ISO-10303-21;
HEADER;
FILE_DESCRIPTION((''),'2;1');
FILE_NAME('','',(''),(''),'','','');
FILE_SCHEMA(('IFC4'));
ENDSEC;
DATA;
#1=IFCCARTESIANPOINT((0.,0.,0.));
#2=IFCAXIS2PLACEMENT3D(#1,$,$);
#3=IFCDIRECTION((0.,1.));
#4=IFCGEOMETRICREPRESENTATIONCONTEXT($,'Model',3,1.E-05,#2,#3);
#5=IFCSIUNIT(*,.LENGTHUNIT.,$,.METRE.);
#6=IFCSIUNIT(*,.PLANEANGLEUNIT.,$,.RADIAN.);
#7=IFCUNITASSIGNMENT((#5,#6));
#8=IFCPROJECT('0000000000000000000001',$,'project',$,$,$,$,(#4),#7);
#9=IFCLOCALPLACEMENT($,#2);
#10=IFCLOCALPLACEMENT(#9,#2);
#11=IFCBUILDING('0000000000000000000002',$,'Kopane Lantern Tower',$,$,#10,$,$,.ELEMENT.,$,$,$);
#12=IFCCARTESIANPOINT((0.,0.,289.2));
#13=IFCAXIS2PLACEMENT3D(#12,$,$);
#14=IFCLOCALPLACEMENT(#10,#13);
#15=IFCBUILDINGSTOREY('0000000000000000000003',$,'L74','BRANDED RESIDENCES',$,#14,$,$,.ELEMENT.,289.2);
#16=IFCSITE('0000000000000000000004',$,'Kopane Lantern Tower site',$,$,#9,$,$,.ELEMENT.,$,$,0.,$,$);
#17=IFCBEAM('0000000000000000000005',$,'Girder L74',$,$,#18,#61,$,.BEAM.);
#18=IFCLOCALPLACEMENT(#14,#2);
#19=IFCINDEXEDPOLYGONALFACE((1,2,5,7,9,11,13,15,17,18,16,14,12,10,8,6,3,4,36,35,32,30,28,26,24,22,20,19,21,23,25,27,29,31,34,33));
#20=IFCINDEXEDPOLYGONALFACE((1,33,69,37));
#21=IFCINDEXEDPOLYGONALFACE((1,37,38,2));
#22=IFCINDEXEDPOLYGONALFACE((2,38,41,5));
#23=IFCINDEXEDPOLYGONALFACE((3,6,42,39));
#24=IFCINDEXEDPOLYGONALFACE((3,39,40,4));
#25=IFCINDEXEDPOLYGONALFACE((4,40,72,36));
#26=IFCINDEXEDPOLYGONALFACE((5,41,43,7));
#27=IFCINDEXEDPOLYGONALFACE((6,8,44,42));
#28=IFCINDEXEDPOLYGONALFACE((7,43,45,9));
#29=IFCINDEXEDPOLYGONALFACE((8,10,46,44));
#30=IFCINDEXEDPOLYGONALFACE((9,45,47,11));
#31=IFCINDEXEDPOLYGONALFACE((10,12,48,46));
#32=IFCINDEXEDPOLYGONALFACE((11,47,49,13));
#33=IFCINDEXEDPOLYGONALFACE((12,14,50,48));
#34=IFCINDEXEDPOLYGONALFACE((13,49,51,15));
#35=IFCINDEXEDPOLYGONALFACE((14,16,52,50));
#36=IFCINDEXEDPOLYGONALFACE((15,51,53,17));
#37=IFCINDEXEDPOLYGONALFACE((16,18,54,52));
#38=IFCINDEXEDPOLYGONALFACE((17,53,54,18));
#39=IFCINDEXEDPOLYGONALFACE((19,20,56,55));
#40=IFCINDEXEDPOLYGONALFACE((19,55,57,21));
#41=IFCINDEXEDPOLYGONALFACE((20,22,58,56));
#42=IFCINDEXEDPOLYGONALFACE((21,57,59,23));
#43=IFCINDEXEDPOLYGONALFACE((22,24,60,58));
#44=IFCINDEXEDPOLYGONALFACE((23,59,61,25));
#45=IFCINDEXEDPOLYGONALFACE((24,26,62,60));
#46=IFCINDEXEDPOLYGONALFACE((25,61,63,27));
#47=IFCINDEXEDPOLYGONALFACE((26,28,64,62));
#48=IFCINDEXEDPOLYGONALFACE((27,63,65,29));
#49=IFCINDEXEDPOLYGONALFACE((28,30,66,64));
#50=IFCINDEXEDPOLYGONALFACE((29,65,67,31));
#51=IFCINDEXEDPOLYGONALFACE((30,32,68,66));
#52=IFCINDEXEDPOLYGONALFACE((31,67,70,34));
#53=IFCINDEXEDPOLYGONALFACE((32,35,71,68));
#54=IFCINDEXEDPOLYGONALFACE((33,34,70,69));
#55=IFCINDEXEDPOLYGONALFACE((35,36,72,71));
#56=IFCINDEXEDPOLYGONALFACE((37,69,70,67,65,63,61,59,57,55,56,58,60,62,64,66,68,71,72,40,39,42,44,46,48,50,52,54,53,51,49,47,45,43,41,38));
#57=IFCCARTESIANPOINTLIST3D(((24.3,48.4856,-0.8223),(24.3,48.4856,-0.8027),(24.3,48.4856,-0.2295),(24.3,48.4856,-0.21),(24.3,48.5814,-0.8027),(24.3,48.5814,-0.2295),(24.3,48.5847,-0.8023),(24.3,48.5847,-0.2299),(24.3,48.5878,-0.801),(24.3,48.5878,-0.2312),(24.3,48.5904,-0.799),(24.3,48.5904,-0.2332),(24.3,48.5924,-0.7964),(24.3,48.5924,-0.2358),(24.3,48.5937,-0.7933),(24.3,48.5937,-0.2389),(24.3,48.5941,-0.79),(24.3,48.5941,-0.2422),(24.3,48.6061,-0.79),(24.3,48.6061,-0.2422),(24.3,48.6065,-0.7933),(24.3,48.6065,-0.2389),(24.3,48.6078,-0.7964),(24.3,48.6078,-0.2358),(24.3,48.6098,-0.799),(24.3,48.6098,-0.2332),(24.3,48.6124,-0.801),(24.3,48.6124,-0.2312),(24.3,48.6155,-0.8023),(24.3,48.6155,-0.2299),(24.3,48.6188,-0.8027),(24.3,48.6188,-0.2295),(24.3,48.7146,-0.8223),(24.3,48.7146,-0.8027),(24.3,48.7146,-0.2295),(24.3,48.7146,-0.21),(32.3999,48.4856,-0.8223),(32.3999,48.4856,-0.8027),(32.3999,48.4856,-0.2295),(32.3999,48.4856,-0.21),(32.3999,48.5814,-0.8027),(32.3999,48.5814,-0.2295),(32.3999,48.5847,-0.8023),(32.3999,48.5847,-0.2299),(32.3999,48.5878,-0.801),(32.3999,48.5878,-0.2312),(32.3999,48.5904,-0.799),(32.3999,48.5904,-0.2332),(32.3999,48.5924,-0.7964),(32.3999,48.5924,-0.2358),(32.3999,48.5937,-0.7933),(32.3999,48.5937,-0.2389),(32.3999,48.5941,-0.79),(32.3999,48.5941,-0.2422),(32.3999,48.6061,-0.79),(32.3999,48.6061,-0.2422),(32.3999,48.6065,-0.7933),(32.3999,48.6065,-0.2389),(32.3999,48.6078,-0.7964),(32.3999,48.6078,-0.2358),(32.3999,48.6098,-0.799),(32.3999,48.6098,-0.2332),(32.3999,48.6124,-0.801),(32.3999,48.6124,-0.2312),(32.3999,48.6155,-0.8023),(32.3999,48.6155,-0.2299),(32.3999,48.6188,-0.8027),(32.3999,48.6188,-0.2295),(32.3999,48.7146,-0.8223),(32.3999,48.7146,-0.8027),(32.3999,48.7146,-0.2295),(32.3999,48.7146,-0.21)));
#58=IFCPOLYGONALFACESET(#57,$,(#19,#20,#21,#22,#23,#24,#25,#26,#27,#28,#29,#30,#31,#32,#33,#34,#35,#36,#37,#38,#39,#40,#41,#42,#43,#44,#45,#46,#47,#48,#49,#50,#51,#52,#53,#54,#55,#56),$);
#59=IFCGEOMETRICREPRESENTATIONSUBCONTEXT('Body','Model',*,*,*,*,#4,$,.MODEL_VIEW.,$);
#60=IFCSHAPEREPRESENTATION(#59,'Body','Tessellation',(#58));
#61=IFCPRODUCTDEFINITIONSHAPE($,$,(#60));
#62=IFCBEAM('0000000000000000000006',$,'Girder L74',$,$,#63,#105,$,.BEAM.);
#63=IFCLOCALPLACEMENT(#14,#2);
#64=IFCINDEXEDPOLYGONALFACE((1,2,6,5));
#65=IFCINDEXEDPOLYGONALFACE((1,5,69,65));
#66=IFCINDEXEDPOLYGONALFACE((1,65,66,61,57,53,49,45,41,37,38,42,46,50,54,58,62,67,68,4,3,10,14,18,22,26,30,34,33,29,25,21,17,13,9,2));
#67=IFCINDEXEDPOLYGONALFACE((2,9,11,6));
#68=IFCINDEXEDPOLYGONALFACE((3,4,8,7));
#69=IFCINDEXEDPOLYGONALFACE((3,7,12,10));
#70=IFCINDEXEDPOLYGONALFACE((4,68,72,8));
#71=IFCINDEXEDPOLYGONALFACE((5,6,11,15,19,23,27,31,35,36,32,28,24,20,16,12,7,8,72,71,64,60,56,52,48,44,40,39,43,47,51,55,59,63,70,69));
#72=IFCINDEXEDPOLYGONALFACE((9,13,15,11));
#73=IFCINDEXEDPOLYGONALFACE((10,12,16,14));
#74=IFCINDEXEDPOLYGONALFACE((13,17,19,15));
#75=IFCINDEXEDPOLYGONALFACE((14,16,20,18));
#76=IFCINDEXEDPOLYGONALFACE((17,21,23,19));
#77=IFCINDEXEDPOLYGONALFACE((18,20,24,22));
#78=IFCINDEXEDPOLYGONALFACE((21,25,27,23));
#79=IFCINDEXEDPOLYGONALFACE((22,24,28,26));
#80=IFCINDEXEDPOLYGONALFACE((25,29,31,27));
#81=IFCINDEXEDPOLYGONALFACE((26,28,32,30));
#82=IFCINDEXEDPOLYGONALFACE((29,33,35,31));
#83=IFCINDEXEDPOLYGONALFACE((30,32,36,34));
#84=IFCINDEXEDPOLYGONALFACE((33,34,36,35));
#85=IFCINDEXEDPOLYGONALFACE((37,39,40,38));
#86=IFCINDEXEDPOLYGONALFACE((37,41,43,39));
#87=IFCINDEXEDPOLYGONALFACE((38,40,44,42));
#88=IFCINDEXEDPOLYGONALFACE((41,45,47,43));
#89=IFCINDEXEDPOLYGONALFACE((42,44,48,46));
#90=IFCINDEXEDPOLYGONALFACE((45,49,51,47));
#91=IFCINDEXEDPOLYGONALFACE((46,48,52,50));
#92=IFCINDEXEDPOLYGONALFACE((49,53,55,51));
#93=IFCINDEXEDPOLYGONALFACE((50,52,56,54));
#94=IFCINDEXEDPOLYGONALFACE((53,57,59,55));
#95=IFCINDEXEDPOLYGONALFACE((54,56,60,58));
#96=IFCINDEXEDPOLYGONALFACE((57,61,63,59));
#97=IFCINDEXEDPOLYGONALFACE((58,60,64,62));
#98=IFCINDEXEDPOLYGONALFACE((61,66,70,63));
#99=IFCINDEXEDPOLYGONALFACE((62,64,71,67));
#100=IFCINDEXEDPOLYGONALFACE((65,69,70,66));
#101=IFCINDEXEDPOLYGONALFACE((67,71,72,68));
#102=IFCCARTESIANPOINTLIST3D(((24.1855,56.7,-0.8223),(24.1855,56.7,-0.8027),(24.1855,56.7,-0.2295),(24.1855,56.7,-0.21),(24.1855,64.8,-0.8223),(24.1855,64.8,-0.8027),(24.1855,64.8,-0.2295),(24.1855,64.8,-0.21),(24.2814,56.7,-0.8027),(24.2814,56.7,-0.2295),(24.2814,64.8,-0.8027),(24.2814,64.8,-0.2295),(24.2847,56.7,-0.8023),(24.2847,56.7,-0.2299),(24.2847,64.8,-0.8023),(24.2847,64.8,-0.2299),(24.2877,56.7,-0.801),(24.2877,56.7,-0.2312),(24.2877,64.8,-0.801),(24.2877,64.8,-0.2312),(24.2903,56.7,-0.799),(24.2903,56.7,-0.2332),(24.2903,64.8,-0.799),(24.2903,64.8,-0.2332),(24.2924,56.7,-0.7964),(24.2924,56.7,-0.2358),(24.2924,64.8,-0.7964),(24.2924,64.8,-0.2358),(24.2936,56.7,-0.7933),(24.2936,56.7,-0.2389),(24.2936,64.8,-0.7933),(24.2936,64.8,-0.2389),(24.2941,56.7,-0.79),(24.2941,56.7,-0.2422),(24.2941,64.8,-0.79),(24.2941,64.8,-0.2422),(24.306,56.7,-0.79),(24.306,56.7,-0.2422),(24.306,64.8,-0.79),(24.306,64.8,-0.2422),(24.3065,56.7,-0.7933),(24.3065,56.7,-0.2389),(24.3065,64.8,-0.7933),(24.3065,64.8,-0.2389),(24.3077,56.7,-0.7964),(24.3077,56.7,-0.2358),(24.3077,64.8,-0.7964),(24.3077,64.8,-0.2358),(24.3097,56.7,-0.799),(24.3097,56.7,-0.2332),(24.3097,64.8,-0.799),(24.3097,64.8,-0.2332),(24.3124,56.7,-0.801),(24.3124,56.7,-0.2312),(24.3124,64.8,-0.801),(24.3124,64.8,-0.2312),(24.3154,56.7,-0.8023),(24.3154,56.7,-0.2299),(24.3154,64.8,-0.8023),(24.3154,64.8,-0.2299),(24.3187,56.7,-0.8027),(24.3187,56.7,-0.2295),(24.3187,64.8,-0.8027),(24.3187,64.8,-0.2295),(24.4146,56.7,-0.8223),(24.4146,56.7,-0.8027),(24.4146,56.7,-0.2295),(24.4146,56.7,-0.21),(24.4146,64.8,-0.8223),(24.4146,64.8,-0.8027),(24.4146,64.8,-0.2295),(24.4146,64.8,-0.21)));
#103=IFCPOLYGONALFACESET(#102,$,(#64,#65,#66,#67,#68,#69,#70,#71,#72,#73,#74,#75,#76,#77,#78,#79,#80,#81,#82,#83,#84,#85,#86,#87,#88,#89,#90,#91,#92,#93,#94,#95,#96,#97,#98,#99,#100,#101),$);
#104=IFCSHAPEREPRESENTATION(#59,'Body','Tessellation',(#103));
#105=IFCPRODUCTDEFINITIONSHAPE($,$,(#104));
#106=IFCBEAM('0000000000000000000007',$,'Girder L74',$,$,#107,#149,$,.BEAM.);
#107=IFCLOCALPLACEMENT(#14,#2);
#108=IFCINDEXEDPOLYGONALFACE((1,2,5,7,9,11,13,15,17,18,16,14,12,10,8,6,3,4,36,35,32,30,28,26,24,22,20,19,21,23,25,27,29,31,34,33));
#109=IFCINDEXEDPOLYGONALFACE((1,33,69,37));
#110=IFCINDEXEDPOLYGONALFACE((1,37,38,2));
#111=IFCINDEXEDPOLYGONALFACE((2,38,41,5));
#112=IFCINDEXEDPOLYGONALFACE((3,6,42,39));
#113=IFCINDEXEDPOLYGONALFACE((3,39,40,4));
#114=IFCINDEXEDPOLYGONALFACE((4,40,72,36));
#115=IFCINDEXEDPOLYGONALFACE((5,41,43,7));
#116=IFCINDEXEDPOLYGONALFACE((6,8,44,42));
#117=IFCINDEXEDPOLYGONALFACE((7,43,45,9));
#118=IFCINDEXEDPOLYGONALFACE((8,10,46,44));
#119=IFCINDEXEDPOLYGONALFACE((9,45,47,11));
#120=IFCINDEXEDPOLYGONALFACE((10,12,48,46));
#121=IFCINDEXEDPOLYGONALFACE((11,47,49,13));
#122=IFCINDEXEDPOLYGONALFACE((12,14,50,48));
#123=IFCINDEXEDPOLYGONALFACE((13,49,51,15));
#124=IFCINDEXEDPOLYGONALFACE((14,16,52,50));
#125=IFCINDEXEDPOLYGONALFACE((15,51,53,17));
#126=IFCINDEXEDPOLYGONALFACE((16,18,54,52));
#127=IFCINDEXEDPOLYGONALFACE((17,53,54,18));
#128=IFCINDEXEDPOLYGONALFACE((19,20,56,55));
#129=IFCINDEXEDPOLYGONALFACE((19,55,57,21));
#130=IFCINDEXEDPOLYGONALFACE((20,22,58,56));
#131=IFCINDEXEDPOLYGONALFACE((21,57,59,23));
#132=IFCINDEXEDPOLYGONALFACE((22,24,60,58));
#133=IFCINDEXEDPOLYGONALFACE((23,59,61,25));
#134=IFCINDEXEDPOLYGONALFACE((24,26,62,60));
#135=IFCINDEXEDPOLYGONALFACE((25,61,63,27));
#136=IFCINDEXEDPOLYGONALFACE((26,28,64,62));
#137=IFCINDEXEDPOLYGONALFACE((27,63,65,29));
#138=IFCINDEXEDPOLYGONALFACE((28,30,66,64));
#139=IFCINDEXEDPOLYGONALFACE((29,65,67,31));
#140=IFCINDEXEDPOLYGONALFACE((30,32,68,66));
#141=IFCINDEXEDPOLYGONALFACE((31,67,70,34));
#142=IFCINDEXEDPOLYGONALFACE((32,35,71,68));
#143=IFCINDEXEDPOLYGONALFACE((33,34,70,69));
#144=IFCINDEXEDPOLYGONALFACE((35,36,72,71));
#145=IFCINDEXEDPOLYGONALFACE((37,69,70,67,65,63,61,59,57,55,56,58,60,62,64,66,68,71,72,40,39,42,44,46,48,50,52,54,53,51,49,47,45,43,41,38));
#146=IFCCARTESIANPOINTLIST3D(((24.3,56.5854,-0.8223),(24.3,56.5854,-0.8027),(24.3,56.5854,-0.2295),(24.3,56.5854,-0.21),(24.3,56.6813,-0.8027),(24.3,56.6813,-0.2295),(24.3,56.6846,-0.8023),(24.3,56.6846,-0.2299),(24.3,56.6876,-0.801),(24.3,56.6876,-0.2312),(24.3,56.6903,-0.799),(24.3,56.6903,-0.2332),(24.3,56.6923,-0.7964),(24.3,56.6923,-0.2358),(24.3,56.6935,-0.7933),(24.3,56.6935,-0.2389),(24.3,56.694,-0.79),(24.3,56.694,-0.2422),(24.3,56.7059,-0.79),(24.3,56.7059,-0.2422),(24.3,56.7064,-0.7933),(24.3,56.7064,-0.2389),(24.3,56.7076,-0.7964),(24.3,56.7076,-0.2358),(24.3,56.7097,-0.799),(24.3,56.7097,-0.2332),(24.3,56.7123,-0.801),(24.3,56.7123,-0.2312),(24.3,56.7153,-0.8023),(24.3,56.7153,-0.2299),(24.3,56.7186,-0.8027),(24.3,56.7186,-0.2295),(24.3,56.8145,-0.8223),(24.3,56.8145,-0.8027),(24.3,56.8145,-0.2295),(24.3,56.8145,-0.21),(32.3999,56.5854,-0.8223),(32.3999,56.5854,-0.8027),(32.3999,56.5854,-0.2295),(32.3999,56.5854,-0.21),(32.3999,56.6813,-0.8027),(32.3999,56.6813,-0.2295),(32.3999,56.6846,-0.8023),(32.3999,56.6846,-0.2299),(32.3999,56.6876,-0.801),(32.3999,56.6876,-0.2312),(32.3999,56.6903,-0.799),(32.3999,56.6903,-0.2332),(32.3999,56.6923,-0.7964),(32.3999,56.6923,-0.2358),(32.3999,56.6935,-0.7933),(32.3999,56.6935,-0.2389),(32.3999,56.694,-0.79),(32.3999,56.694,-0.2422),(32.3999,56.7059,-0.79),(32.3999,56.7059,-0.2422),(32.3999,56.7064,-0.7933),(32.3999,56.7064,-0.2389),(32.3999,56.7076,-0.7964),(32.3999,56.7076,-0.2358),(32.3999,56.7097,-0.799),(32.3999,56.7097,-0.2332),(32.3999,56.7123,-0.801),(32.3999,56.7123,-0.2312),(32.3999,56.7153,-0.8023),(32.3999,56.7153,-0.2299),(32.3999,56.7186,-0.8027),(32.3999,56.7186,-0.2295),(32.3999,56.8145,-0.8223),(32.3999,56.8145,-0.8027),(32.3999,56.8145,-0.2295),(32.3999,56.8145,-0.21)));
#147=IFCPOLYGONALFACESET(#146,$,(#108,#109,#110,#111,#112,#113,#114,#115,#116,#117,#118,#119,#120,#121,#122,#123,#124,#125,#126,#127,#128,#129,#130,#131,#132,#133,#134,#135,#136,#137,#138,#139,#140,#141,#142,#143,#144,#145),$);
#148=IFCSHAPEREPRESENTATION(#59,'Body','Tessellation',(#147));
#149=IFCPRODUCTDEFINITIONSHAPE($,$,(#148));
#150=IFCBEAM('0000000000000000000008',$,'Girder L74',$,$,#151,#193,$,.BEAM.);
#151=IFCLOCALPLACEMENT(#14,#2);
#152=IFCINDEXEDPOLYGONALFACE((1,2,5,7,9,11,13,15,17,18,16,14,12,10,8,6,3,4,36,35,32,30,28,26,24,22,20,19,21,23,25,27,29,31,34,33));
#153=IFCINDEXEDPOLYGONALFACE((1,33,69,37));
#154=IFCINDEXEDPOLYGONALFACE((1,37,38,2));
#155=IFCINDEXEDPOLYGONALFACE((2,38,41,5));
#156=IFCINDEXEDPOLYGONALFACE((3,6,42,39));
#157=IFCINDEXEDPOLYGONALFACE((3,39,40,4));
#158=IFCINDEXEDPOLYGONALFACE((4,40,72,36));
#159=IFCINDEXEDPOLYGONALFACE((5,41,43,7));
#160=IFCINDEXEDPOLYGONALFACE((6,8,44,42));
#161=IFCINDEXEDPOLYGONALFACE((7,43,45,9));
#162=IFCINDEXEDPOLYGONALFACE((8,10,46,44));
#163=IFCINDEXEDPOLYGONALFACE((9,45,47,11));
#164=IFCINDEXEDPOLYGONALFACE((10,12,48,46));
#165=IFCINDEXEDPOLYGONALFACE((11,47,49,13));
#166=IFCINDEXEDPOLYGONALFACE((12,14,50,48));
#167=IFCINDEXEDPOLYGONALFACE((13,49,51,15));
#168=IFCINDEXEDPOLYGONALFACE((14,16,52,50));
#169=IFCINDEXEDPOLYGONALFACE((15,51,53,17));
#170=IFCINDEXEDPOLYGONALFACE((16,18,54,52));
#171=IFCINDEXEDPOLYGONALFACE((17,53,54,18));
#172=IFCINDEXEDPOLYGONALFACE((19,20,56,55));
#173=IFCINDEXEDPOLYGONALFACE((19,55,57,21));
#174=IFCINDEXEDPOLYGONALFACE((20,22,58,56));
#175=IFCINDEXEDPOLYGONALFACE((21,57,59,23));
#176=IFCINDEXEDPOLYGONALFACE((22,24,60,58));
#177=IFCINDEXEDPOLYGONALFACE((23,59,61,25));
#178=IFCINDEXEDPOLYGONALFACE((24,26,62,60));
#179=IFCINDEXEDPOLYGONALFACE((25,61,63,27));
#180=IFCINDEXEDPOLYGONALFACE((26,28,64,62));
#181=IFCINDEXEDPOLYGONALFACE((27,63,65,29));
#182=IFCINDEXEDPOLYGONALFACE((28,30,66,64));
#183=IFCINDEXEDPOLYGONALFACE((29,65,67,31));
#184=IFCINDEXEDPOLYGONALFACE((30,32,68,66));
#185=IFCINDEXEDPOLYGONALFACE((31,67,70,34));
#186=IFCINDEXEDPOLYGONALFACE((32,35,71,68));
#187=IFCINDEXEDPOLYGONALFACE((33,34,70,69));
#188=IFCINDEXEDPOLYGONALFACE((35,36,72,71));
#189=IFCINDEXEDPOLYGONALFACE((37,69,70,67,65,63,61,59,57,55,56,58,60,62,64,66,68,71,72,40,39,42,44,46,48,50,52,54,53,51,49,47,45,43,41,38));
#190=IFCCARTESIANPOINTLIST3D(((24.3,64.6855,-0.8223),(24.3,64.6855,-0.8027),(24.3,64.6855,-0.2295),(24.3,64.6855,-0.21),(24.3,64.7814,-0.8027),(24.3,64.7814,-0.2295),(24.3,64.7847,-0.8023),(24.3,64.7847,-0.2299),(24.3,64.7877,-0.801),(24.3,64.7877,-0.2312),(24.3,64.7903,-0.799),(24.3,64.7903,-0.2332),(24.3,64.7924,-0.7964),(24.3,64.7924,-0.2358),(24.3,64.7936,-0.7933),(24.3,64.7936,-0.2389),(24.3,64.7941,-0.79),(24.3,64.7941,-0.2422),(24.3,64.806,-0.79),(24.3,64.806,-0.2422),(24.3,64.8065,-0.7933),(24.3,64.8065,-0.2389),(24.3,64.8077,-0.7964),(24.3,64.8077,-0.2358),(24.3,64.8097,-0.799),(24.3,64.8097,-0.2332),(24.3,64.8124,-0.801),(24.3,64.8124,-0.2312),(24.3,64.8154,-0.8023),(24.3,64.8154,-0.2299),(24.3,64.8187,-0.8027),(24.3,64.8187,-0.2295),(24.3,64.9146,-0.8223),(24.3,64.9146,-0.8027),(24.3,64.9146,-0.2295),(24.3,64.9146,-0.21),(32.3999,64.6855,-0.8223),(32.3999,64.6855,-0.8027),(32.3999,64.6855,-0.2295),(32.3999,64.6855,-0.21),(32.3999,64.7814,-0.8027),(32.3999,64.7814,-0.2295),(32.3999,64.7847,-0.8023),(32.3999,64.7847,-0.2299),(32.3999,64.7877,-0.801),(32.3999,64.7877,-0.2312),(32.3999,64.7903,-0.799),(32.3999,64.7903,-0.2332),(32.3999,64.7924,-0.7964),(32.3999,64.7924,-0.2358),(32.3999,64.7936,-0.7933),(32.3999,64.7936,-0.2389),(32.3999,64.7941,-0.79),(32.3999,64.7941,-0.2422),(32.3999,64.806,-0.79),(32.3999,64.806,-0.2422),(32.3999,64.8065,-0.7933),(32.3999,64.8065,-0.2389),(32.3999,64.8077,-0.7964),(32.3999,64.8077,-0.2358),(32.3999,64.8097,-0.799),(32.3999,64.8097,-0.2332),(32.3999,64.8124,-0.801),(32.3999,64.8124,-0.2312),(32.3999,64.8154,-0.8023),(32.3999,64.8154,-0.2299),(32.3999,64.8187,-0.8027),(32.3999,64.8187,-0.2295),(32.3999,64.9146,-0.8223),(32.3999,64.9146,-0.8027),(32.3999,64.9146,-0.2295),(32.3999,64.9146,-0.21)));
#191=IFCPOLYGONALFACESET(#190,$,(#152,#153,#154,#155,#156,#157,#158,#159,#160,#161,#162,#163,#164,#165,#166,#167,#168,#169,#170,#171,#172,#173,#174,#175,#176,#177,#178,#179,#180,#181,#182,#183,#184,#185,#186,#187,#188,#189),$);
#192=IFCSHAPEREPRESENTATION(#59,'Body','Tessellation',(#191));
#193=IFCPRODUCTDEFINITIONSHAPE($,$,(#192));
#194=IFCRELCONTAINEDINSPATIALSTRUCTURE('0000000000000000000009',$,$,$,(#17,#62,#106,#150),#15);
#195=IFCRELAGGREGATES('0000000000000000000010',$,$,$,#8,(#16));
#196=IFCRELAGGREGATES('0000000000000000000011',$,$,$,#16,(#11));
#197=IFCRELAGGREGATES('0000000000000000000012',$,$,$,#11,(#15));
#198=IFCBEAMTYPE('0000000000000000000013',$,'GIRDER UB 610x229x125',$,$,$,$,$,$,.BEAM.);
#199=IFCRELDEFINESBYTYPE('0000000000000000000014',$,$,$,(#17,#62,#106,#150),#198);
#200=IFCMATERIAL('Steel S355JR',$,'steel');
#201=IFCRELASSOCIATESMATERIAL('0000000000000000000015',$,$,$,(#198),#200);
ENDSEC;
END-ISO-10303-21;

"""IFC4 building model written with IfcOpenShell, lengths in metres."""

from ifc_helpers import new_model, si_unit, direction, frame, origin, origin_2d, place, context, subcontext, project, spatial, i_section, extrude, material, material_profile, profile_set, type_object, element, save


model = new_model("IFC4")

# Units and contexts
model_context = context("Model", 3, precision=1e-05, world=origin(), true_north=direction((0.0, 1.0)))
body_context = subcontext(model_context, "Body", "Model", "MODEL_VIEW")
ifc_project = project(units=[si_unit("LENGTHUNIT", "METRE"), si_unit("PLANEANGLEUNIT", "RADIAN")], contexts=[model_context])

# Site, building, storey
site_placement = place(None, origin())
site = spatial("IfcSite", under=ifc_project, at=site_placement, Name="Kopane Lantern Tower site", CompositionType="ELEMENT", RefElevation=0.0)
building_placement = place(site_placement, origin())
building = spatial("IfcBuilding", under=site, at=building_placement, Name="Kopane Lantern Tower", CompositionType="ELEMENT")
storey_placement = place(building_placement, frame((0.0, 0.0, 289.2)))
storey = spatial("IfcBuildingStorey", under=building, at=storey_placement, Name="L74", Description="BRANDED RESIDENCES", CompositionType="ELEMENT", Elevation=289.2)

# Beams
ifc_material_1 = material(Name="Steel S355JR", Category="steel")
ifc_material_profile_1 = material_profile(ifc_material_1, i_section(OverallWidth=0.229, OverallDepth=0.6123, WebThickness=0.012, FlangeThickness=0.0195, FilletRadius=0.0127, at=origin_2d()), Name="UB 610x229x125")
ifc_profile_set_1 = profile_set([ifc_material_profile_1], Name="Steel S355JR")
beam_type = type_object("IfcBeamType", Name="GIRDER UB 610x229x125", PredefinedType="BEAM", material=ifc_profile_set_1)
for number, where, z_axis, x_axis, name in (
    (1, (24.3, 48.6001, -0.5161), (1.0, 0.0, 0.0), (0.0, 1.0, 0.0), "Girder L74"),
):
    element("IfcBeam", number, at=place(storey_placement, frame(where, z_axis=z_axis, x_axis=x_axis)), inside=storey, type_object=beam_type, Name=name, PredefinedType="BEAM", context=body_context, shape_type="SweptSolid", body=[
        extrude(i_section(OverallWidth=0.229, OverallDepth=0.6123, WebThickness=0.012, FlangeThickness=0.0195, FilletRadius=0.0127, at=origin_2d()), origin(), (0.0, 0.0, 1.0), 8.0999),
    ])
beam_placement = place(storey_placement, frame((24.3, 56.7, -0.5161), z_axis=(0.0, 1.0, 0.0), x_axis=(-1.0, 0.0, 0.0)))
element("IfcBeam", 2, at=beam_placement, inside=storey, type_object=beam_type, Name="Girder L74", PredefinedType="BEAM", context=body_context, shape_type="SweptSolid", body=[
    extrude(i_section(OverallWidth=0.229, OverallDepth=0.6123, WebThickness=0.012, FlangeThickness=0.0195, FilletRadius=0.0127, at=origin_2d()), origin(), (0.0, 0.0, 1.0), 8.1001),
])
for number, where, z_axis, x_axis, name in (
    (3, (24.3, 56.7, -0.5161), (1.0, 0.0, 0.0), (0.0, 1.0, 0.0), "Girder L74"),
    (4, (24.3, 64.8, -0.5161), (1.0, 0.0, 0.0), (0.0, 1.0, 0.0), "Girder L74"),
):
    element("IfcBeam", number, at=place(storey_placement, frame(where, z_axis=z_axis, x_axis=x_axis)), inside=storey, type_object=beam_type, Name=name, PredefinedType="BEAM", context=body_context, shape_type="SweptSolid", body=[
        extrude(i_section(OverallWidth=0.229, OverallDepth=0.6123, WebThickness=0.012, FlangeThickness=0.0195, FilletRadius=0.0127, at=origin_2d()), origin(), (0.0, 0.0, 1.0), 8.0999),
    ])

save(model, "model.ifc")
